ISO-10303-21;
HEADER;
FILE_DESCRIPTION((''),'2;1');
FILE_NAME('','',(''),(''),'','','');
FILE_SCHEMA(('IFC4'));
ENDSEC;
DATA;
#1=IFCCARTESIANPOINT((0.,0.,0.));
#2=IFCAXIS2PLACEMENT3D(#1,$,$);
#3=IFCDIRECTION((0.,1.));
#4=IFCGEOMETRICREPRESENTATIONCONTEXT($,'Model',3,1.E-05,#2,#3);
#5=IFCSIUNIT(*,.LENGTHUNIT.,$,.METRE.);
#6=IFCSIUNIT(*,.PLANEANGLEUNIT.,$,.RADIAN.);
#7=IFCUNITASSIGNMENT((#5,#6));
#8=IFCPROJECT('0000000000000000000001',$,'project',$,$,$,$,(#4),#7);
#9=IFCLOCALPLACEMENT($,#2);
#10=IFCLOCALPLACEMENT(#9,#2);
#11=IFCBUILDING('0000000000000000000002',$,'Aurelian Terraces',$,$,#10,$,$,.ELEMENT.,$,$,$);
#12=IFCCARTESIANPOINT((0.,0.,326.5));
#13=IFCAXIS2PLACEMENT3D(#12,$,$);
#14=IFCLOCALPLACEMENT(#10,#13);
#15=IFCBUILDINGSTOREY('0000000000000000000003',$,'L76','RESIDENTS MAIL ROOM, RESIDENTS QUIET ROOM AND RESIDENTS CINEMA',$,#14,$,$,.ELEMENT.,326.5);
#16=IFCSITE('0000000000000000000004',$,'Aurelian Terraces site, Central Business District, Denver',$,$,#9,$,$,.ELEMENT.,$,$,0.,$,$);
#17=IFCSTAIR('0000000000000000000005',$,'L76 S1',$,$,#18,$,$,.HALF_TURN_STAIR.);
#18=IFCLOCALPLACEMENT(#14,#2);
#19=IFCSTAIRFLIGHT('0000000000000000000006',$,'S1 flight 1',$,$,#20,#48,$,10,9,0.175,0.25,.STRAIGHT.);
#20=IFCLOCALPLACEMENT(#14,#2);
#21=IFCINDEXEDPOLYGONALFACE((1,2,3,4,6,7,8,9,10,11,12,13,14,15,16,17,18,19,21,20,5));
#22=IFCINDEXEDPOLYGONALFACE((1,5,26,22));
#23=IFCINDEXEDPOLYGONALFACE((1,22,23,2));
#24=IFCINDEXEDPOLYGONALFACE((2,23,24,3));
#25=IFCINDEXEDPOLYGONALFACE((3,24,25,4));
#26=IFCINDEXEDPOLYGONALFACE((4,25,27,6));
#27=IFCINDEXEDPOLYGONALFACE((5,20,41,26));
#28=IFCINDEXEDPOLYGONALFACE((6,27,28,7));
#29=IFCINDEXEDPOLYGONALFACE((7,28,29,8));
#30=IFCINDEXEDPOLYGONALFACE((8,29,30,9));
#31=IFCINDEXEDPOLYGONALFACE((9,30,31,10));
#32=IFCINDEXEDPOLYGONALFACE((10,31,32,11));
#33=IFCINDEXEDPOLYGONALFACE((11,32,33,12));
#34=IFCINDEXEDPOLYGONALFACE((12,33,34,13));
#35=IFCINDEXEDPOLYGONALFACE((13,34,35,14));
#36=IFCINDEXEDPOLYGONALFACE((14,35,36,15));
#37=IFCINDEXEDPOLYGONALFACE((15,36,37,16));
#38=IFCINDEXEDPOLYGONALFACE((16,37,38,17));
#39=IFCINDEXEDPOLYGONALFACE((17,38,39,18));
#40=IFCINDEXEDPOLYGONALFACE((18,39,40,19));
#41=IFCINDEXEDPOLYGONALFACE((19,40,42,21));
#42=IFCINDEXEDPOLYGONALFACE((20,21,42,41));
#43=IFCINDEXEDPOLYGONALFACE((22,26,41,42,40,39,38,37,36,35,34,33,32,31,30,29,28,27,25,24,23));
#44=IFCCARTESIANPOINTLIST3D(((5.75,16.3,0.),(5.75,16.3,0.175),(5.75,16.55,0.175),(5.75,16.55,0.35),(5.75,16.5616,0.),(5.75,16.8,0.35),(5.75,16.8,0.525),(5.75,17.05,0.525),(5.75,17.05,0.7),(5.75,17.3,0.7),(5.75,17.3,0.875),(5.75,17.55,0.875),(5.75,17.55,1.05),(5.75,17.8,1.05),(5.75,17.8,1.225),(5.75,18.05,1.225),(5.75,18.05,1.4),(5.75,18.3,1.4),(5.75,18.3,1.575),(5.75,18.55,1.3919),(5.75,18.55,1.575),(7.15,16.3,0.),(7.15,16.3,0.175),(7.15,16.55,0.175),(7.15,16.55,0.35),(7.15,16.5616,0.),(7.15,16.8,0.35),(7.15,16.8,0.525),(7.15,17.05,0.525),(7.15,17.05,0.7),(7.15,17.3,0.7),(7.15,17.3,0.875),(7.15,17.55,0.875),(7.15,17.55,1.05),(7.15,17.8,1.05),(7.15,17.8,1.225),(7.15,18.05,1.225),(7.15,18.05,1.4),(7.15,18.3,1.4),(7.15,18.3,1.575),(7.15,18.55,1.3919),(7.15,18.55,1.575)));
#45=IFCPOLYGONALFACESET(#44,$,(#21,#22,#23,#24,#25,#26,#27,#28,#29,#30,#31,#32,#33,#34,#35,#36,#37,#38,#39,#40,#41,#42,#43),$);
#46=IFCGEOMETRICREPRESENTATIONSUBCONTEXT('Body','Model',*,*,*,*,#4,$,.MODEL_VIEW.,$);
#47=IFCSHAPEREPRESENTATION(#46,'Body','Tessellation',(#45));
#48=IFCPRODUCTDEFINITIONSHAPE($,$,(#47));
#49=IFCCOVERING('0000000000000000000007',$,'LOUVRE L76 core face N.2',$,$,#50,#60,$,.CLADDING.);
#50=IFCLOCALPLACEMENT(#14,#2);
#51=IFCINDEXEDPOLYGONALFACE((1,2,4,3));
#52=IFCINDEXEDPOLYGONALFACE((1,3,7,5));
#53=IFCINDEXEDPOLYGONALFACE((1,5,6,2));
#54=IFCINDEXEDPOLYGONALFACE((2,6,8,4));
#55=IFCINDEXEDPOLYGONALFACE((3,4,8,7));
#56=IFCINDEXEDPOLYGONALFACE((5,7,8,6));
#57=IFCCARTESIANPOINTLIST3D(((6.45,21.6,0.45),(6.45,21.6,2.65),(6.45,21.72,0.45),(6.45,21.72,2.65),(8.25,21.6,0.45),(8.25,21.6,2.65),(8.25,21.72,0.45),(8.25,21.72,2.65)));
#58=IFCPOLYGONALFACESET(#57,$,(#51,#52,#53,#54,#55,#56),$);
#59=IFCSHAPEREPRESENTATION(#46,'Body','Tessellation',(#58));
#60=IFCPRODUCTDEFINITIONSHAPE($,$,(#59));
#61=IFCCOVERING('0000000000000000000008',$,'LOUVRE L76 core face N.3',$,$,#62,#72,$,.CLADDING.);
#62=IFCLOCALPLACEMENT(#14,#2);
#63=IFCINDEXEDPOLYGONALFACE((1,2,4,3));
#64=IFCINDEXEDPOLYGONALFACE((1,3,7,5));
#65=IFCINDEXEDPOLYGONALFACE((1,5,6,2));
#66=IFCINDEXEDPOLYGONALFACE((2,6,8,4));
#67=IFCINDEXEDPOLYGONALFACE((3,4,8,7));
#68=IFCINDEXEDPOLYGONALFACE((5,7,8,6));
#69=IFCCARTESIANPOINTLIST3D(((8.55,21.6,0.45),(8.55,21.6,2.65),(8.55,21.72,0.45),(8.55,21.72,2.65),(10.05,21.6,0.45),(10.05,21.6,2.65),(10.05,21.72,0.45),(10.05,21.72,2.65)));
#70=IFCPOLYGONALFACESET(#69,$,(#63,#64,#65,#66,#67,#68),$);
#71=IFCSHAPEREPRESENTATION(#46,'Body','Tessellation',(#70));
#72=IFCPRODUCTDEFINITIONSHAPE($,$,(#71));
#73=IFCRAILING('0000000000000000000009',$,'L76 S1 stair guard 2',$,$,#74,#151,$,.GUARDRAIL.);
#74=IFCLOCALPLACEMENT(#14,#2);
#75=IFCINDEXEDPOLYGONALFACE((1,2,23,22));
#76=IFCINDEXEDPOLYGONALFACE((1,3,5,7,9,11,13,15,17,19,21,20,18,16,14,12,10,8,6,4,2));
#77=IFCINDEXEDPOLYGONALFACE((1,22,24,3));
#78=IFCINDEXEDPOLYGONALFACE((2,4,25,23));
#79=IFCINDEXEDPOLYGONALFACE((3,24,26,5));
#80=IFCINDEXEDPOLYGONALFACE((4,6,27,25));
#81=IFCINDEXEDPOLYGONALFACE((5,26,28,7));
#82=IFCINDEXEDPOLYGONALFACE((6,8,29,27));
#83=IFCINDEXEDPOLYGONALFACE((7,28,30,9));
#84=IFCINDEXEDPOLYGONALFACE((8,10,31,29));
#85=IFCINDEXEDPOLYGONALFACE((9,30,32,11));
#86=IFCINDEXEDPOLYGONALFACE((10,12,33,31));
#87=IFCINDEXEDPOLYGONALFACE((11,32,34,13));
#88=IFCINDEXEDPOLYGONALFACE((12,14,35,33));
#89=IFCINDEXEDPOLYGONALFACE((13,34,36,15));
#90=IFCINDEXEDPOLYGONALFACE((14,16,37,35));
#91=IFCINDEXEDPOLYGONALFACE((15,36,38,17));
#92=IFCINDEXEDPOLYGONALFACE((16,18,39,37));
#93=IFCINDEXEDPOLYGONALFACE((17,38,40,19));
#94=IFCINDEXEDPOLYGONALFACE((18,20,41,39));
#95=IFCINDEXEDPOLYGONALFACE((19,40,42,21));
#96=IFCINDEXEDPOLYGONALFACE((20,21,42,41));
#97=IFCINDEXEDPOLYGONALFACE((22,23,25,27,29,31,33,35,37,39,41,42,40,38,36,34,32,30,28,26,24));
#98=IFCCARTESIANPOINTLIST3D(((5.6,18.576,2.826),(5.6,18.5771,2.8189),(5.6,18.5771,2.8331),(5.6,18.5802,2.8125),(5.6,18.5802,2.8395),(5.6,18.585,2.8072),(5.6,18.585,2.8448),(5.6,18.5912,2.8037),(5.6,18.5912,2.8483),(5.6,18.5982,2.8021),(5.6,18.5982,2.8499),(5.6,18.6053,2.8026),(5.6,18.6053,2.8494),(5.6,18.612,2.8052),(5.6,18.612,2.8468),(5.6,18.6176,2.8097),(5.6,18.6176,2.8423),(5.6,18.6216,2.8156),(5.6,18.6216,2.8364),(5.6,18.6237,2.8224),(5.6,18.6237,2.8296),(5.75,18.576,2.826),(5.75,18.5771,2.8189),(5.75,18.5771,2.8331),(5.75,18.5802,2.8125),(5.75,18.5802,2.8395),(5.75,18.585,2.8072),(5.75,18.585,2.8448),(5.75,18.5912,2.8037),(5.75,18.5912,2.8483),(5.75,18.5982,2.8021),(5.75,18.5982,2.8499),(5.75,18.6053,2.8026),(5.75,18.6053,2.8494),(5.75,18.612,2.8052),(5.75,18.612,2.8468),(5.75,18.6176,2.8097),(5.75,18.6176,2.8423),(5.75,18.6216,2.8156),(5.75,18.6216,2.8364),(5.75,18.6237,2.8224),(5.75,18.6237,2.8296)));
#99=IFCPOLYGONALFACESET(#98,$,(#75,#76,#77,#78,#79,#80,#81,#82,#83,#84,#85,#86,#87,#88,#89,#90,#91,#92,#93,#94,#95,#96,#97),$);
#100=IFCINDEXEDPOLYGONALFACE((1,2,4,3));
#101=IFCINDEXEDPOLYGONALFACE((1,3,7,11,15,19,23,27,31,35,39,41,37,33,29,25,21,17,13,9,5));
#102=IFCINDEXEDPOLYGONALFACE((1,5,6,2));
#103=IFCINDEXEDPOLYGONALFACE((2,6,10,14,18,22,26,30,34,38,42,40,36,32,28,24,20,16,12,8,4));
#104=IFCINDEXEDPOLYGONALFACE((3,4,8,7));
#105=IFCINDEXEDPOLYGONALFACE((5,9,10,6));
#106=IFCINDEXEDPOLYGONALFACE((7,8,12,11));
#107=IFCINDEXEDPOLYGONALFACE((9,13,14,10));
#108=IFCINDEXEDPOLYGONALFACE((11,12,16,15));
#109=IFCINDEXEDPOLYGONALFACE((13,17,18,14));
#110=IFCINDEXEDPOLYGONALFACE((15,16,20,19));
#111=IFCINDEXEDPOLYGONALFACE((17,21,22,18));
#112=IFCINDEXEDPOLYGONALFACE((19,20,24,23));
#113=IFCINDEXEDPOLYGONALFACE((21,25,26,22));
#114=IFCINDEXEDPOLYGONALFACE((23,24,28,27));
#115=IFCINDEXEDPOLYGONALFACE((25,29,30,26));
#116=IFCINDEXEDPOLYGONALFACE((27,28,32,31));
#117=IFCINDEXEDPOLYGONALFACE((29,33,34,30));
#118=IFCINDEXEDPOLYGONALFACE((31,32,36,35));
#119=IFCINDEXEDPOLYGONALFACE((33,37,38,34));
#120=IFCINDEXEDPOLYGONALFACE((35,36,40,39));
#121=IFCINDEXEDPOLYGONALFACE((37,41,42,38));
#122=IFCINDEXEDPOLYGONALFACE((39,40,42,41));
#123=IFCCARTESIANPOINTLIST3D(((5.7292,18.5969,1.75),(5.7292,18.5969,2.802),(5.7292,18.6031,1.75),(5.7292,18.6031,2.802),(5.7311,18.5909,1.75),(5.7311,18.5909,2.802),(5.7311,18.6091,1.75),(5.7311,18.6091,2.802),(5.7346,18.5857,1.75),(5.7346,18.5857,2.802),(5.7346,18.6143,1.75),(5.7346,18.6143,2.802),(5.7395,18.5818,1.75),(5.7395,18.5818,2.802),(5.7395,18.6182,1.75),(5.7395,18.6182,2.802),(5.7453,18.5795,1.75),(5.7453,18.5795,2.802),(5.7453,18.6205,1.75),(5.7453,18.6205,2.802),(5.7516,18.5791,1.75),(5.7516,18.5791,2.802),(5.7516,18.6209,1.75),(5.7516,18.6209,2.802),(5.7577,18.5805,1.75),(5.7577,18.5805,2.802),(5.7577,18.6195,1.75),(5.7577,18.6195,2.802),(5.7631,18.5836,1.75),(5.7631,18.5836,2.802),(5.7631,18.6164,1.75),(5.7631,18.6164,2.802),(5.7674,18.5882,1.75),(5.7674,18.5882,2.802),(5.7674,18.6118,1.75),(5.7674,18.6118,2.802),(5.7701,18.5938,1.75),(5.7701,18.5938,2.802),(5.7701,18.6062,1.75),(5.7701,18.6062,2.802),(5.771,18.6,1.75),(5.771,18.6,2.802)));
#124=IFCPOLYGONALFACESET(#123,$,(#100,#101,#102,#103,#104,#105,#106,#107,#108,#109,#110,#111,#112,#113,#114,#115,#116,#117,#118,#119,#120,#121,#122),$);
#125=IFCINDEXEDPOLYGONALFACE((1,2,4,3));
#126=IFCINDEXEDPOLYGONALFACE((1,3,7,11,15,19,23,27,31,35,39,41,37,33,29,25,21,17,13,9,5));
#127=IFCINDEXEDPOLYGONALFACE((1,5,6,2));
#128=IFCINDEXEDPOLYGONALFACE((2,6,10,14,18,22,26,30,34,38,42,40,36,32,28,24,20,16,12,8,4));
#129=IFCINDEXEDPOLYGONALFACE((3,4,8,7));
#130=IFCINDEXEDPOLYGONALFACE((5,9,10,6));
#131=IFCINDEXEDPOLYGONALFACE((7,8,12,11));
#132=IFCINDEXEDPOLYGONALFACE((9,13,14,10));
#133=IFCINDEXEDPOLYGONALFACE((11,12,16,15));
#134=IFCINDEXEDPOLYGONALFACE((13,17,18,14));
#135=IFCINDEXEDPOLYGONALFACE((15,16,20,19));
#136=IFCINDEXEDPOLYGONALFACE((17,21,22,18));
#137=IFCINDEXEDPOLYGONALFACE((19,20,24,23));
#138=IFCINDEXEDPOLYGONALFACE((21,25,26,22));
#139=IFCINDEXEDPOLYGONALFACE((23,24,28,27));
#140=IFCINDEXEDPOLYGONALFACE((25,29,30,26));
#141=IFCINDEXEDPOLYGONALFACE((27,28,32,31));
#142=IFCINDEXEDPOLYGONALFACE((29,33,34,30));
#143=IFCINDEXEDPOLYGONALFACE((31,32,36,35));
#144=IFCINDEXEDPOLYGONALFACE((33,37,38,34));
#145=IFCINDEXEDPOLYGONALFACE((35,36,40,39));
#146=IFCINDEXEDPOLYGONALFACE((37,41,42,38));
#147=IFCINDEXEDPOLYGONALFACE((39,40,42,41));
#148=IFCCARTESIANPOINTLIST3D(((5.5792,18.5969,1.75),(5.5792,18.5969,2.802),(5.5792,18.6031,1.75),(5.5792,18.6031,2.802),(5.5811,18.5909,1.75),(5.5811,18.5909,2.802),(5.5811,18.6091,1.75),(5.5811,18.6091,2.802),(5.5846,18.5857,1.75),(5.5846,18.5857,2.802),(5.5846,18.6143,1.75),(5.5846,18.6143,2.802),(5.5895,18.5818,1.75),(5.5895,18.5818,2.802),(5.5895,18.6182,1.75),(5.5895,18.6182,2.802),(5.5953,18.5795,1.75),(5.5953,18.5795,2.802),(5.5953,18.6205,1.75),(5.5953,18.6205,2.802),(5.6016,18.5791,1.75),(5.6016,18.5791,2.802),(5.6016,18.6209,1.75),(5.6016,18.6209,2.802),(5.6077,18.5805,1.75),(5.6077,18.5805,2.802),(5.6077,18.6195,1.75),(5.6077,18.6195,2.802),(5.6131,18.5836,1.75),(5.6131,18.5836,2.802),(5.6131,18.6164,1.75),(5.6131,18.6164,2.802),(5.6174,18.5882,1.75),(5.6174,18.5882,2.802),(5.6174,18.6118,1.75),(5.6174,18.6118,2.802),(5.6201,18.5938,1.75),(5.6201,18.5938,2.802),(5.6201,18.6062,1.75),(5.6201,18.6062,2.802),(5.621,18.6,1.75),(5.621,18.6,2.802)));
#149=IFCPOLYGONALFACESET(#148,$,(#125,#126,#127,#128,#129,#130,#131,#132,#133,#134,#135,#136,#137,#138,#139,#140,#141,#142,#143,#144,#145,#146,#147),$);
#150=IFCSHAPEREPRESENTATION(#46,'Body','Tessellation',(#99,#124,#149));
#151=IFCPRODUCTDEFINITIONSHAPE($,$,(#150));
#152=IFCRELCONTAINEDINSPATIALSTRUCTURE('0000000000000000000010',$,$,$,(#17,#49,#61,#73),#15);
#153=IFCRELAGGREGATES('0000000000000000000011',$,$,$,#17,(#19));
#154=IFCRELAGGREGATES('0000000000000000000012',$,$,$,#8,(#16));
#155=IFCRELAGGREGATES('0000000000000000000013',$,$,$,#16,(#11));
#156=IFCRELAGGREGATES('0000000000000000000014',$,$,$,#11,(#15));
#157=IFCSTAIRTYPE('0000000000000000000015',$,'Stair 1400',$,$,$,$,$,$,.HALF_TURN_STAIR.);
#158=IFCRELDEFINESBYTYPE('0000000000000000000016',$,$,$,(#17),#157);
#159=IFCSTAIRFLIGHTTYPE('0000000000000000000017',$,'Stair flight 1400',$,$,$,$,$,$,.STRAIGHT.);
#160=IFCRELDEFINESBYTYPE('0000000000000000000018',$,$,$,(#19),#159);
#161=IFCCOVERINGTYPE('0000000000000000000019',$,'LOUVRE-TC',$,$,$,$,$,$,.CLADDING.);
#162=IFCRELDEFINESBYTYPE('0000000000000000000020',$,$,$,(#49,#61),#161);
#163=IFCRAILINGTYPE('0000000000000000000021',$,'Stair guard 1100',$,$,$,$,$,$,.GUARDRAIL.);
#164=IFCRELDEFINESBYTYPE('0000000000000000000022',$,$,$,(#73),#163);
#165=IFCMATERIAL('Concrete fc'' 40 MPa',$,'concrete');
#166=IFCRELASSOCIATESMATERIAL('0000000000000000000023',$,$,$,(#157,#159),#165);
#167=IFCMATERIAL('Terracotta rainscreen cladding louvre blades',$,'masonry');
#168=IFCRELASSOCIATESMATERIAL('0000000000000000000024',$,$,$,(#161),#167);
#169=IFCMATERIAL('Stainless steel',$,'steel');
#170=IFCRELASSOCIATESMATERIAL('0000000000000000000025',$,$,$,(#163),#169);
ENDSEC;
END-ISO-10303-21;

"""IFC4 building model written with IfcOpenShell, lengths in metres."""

from ifc_helpers import new_model, si_unit, direction, frame, origin, origin_2d, place, context, subcontext, project, spatial, polyline, rectangle, circle, outline, extrude, source, transform, mapped, material, type_object, element, aggregate, save


model = new_model("IFC4")

# Units and contexts
model_context = context("Model", 3, precision=1e-05, world=origin(), true_north=direction((0.0, 1.0)))
body_context = subcontext(model_context, "Body", "Model", "MODEL_VIEW")
ifc_project = project(units=[si_unit("LENGTHUNIT", "METRE"), si_unit("PLANEANGLEUNIT", "RADIAN")], contexts=[model_context])

# Site, building, storey
site_placement = place(None, origin())
site = spatial("IfcSite", under=ifc_project, at=site_placement, Name="Aurelian Terraces site, Central Business District, Denver", CompositionType="ELEMENT", RefElevation=0.0)
building_placement = place(site_placement, origin())
building = spatial("IfcBuilding", under=site, at=building_placement, Name="Aurelian Terraces", CompositionType="ELEMENT")
storey_placement = place(building_placement, frame((0.0, 0.0, 326.5)))
storey = spatial("IfcBuildingStorey", under=building, at=storey_placement, Name="L76", Description="RESIDENTS MAIL ROOM, RESIDENTS QUIET ROOM AND RESIDENTS CINEMA", CompositionType="ELEMENT", Elevation=326.5)

# Stair, stair flight
ifc_material_1 = material(Name="Concrete fc' 40 MPa", Category="concrete")
stair_type = type_object("IfcStairType", Name="Stair 1400", PredefinedType="HALF_TURN_STAIR", material=ifc_material_1)
stair_placement = place(storey_placement, origin())
stair = element("IfcStair", 1, at=stair_placement, inside=storey, type_object=stair_type, Name="L76 S1", PredefinedType="HALF_TURN_STAIR")
stair_flight_type = type_object("IfcStairFlightType", Name="Stair flight 1400", PredefinedType="STRAIGHT", material=ifc_material_1)
shared_shape_1 = source(origin(), body_context, "Body", "SweptSolid", [
    extrude(outline(polyline([(0.0, 0.0), (0.0, 0.175), (0.25, 0.175), (0.25, 0.35), (0.5, 0.35), (0.5, 0.525), (0.75, 0.525), (0.75, 0.7), (1.0, 0.7), (1.0, 0.875), (1.25, 0.875), (1.25, 1.05), (1.5, 1.05), (1.5, 1.225), (1.75, 1.225), (1.75, 1.4), (2.0, 1.4), (2.0, 1.575), (2.25, 1.575), (2.25, 1.75), (2.25, 1.3919), (0.2616, 0.0), (0.0, 0.0)])), frame((0.0, 0.7, 0.0), z_axis=(0.0, -1.0, 0.0), x_axis=(1.0, 0.0, 0.0)), (0.0, 0.0, 1.0), 1.4),
])
stair_flight_placement = place(storey_placement, frame((6.45, 16.3, 0.0), z_axis=(0.0, 0.0, 1.0), x_axis=(0.0, 1.0, 0.0)))
stair_flight = element("IfcStairFlight", 2, at=stair_flight_placement, type_object=stair_flight_type, Name="S1 flight 1", NumberOfRisers=10, NumberOfTreads=9, PredefinedType="STRAIGHT", RiserHeight=0.175, TreadLength=0.25, context=body_context, shape_type="MappedRepresentation", body=[
    mapped(shared_shape_1, transform((0.0, 0.0, 0.0), scale=1.0)),
])
aggregate(stair, [stair_flight])

# Coverings
ifc_material_2 = material(Name="Terracotta rainscreen cladding louvre blades", Category="masonry")
covering_type = type_object("IfcCoveringType", Name="LOUVRE-TC", PredefinedType="CLADDING", material=ifc_material_2)
shared_shape_2 = source(origin(), body_context, "Body", "SweptSolid", [
    extrude(rectangle(XDim=1.8, YDim=0.12, at=origin_2d()), origin(), (0.0, 0.0, 1.0), 2.2),
])
covering_1_placement = place(storey_placement, frame((7.35, 21.66, 0.45), z_axis=(0.0, 0.0, 1.0), x_axis=(1.0, 0.0, 0.0)))
element("IfcCovering", 3, at=covering_1_placement, inside=storey, type_object=covering_type, Name="LOUVRE L76 core face N.2", PredefinedType="CLADDING", context=body_context, shape_type="MappedRepresentation", body=[
    mapped(shared_shape_2, transform((0.0, 0.0, 0.0), scale=1.0)),
])
shared_shape_3 = source(origin(), body_context, "Body", "SweptSolid", [
    extrude(rectangle(XDim=1.5, YDim=0.12, at=origin_2d()), origin(), (0.0, 0.0, 1.0), 2.2),
])
covering_2_placement = place(storey_placement, frame((9.3, 21.66, 0.45), z_axis=(0.0, 0.0, 1.0), x_axis=(1.0, 0.0, 0.0)))
element("IfcCovering", 4, at=covering_2_placement, inside=storey, type_object=covering_type, Name="LOUVRE L76 core face N.3", PredefinedType="CLADDING", context=body_context, shape_type="MappedRepresentation", body=[
    mapped(shared_shape_3, transform((0.0, 0.0, 0.0), scale=1.0)),
])

# Railing
ifc_material_3 = material(Name="Stainless steel", Category="steel")
railing_type_1 = type_object("IfcRailingType", Name="Stair guard 1100", PredefinedType="GUARDRAIL", material=ifc_material_3)
shared_shape_4 = source(origin(), body_context, "Body", "SweptSolid", [
    extrude(circle(Radius=0.024, at=origin_2d()), frame((0.0, 0.0, 1.076), z_axis=(-1.0, 0.0, 0.0), x_axis=(0.0, -1.0, 0.0)), (0.0, 0.0, 1.0), 0.15),
    extrude(circle(Radius=0.021, at=origin_2d()), origin(), (0.0, 0.0, 1.0), 1.052),
    extrude(circle(Radius=0.021, at=origin_2d()), frame((-0.15, 0.0, 0.0)), (0.0, 0.0, 1.0), 1.052),
])
for number, where, name in (
    (5, (5.75, 18.6, 1.75), "L76 S1 stair guard 2"),
):
    element("IfcRailing", number, at=place(storey_placement, frame(where)), inside=storey, type_object=railing_type_1, Name=name, PredefinedType="GUARDRAIL", context=body_context, shape_type="MappedRepresentation", body=[
        mapped(shared_shape_4, transform((0.0, 0.0, 0.0), scale=1.0)),
    ])

save(model, "model.ifc")
